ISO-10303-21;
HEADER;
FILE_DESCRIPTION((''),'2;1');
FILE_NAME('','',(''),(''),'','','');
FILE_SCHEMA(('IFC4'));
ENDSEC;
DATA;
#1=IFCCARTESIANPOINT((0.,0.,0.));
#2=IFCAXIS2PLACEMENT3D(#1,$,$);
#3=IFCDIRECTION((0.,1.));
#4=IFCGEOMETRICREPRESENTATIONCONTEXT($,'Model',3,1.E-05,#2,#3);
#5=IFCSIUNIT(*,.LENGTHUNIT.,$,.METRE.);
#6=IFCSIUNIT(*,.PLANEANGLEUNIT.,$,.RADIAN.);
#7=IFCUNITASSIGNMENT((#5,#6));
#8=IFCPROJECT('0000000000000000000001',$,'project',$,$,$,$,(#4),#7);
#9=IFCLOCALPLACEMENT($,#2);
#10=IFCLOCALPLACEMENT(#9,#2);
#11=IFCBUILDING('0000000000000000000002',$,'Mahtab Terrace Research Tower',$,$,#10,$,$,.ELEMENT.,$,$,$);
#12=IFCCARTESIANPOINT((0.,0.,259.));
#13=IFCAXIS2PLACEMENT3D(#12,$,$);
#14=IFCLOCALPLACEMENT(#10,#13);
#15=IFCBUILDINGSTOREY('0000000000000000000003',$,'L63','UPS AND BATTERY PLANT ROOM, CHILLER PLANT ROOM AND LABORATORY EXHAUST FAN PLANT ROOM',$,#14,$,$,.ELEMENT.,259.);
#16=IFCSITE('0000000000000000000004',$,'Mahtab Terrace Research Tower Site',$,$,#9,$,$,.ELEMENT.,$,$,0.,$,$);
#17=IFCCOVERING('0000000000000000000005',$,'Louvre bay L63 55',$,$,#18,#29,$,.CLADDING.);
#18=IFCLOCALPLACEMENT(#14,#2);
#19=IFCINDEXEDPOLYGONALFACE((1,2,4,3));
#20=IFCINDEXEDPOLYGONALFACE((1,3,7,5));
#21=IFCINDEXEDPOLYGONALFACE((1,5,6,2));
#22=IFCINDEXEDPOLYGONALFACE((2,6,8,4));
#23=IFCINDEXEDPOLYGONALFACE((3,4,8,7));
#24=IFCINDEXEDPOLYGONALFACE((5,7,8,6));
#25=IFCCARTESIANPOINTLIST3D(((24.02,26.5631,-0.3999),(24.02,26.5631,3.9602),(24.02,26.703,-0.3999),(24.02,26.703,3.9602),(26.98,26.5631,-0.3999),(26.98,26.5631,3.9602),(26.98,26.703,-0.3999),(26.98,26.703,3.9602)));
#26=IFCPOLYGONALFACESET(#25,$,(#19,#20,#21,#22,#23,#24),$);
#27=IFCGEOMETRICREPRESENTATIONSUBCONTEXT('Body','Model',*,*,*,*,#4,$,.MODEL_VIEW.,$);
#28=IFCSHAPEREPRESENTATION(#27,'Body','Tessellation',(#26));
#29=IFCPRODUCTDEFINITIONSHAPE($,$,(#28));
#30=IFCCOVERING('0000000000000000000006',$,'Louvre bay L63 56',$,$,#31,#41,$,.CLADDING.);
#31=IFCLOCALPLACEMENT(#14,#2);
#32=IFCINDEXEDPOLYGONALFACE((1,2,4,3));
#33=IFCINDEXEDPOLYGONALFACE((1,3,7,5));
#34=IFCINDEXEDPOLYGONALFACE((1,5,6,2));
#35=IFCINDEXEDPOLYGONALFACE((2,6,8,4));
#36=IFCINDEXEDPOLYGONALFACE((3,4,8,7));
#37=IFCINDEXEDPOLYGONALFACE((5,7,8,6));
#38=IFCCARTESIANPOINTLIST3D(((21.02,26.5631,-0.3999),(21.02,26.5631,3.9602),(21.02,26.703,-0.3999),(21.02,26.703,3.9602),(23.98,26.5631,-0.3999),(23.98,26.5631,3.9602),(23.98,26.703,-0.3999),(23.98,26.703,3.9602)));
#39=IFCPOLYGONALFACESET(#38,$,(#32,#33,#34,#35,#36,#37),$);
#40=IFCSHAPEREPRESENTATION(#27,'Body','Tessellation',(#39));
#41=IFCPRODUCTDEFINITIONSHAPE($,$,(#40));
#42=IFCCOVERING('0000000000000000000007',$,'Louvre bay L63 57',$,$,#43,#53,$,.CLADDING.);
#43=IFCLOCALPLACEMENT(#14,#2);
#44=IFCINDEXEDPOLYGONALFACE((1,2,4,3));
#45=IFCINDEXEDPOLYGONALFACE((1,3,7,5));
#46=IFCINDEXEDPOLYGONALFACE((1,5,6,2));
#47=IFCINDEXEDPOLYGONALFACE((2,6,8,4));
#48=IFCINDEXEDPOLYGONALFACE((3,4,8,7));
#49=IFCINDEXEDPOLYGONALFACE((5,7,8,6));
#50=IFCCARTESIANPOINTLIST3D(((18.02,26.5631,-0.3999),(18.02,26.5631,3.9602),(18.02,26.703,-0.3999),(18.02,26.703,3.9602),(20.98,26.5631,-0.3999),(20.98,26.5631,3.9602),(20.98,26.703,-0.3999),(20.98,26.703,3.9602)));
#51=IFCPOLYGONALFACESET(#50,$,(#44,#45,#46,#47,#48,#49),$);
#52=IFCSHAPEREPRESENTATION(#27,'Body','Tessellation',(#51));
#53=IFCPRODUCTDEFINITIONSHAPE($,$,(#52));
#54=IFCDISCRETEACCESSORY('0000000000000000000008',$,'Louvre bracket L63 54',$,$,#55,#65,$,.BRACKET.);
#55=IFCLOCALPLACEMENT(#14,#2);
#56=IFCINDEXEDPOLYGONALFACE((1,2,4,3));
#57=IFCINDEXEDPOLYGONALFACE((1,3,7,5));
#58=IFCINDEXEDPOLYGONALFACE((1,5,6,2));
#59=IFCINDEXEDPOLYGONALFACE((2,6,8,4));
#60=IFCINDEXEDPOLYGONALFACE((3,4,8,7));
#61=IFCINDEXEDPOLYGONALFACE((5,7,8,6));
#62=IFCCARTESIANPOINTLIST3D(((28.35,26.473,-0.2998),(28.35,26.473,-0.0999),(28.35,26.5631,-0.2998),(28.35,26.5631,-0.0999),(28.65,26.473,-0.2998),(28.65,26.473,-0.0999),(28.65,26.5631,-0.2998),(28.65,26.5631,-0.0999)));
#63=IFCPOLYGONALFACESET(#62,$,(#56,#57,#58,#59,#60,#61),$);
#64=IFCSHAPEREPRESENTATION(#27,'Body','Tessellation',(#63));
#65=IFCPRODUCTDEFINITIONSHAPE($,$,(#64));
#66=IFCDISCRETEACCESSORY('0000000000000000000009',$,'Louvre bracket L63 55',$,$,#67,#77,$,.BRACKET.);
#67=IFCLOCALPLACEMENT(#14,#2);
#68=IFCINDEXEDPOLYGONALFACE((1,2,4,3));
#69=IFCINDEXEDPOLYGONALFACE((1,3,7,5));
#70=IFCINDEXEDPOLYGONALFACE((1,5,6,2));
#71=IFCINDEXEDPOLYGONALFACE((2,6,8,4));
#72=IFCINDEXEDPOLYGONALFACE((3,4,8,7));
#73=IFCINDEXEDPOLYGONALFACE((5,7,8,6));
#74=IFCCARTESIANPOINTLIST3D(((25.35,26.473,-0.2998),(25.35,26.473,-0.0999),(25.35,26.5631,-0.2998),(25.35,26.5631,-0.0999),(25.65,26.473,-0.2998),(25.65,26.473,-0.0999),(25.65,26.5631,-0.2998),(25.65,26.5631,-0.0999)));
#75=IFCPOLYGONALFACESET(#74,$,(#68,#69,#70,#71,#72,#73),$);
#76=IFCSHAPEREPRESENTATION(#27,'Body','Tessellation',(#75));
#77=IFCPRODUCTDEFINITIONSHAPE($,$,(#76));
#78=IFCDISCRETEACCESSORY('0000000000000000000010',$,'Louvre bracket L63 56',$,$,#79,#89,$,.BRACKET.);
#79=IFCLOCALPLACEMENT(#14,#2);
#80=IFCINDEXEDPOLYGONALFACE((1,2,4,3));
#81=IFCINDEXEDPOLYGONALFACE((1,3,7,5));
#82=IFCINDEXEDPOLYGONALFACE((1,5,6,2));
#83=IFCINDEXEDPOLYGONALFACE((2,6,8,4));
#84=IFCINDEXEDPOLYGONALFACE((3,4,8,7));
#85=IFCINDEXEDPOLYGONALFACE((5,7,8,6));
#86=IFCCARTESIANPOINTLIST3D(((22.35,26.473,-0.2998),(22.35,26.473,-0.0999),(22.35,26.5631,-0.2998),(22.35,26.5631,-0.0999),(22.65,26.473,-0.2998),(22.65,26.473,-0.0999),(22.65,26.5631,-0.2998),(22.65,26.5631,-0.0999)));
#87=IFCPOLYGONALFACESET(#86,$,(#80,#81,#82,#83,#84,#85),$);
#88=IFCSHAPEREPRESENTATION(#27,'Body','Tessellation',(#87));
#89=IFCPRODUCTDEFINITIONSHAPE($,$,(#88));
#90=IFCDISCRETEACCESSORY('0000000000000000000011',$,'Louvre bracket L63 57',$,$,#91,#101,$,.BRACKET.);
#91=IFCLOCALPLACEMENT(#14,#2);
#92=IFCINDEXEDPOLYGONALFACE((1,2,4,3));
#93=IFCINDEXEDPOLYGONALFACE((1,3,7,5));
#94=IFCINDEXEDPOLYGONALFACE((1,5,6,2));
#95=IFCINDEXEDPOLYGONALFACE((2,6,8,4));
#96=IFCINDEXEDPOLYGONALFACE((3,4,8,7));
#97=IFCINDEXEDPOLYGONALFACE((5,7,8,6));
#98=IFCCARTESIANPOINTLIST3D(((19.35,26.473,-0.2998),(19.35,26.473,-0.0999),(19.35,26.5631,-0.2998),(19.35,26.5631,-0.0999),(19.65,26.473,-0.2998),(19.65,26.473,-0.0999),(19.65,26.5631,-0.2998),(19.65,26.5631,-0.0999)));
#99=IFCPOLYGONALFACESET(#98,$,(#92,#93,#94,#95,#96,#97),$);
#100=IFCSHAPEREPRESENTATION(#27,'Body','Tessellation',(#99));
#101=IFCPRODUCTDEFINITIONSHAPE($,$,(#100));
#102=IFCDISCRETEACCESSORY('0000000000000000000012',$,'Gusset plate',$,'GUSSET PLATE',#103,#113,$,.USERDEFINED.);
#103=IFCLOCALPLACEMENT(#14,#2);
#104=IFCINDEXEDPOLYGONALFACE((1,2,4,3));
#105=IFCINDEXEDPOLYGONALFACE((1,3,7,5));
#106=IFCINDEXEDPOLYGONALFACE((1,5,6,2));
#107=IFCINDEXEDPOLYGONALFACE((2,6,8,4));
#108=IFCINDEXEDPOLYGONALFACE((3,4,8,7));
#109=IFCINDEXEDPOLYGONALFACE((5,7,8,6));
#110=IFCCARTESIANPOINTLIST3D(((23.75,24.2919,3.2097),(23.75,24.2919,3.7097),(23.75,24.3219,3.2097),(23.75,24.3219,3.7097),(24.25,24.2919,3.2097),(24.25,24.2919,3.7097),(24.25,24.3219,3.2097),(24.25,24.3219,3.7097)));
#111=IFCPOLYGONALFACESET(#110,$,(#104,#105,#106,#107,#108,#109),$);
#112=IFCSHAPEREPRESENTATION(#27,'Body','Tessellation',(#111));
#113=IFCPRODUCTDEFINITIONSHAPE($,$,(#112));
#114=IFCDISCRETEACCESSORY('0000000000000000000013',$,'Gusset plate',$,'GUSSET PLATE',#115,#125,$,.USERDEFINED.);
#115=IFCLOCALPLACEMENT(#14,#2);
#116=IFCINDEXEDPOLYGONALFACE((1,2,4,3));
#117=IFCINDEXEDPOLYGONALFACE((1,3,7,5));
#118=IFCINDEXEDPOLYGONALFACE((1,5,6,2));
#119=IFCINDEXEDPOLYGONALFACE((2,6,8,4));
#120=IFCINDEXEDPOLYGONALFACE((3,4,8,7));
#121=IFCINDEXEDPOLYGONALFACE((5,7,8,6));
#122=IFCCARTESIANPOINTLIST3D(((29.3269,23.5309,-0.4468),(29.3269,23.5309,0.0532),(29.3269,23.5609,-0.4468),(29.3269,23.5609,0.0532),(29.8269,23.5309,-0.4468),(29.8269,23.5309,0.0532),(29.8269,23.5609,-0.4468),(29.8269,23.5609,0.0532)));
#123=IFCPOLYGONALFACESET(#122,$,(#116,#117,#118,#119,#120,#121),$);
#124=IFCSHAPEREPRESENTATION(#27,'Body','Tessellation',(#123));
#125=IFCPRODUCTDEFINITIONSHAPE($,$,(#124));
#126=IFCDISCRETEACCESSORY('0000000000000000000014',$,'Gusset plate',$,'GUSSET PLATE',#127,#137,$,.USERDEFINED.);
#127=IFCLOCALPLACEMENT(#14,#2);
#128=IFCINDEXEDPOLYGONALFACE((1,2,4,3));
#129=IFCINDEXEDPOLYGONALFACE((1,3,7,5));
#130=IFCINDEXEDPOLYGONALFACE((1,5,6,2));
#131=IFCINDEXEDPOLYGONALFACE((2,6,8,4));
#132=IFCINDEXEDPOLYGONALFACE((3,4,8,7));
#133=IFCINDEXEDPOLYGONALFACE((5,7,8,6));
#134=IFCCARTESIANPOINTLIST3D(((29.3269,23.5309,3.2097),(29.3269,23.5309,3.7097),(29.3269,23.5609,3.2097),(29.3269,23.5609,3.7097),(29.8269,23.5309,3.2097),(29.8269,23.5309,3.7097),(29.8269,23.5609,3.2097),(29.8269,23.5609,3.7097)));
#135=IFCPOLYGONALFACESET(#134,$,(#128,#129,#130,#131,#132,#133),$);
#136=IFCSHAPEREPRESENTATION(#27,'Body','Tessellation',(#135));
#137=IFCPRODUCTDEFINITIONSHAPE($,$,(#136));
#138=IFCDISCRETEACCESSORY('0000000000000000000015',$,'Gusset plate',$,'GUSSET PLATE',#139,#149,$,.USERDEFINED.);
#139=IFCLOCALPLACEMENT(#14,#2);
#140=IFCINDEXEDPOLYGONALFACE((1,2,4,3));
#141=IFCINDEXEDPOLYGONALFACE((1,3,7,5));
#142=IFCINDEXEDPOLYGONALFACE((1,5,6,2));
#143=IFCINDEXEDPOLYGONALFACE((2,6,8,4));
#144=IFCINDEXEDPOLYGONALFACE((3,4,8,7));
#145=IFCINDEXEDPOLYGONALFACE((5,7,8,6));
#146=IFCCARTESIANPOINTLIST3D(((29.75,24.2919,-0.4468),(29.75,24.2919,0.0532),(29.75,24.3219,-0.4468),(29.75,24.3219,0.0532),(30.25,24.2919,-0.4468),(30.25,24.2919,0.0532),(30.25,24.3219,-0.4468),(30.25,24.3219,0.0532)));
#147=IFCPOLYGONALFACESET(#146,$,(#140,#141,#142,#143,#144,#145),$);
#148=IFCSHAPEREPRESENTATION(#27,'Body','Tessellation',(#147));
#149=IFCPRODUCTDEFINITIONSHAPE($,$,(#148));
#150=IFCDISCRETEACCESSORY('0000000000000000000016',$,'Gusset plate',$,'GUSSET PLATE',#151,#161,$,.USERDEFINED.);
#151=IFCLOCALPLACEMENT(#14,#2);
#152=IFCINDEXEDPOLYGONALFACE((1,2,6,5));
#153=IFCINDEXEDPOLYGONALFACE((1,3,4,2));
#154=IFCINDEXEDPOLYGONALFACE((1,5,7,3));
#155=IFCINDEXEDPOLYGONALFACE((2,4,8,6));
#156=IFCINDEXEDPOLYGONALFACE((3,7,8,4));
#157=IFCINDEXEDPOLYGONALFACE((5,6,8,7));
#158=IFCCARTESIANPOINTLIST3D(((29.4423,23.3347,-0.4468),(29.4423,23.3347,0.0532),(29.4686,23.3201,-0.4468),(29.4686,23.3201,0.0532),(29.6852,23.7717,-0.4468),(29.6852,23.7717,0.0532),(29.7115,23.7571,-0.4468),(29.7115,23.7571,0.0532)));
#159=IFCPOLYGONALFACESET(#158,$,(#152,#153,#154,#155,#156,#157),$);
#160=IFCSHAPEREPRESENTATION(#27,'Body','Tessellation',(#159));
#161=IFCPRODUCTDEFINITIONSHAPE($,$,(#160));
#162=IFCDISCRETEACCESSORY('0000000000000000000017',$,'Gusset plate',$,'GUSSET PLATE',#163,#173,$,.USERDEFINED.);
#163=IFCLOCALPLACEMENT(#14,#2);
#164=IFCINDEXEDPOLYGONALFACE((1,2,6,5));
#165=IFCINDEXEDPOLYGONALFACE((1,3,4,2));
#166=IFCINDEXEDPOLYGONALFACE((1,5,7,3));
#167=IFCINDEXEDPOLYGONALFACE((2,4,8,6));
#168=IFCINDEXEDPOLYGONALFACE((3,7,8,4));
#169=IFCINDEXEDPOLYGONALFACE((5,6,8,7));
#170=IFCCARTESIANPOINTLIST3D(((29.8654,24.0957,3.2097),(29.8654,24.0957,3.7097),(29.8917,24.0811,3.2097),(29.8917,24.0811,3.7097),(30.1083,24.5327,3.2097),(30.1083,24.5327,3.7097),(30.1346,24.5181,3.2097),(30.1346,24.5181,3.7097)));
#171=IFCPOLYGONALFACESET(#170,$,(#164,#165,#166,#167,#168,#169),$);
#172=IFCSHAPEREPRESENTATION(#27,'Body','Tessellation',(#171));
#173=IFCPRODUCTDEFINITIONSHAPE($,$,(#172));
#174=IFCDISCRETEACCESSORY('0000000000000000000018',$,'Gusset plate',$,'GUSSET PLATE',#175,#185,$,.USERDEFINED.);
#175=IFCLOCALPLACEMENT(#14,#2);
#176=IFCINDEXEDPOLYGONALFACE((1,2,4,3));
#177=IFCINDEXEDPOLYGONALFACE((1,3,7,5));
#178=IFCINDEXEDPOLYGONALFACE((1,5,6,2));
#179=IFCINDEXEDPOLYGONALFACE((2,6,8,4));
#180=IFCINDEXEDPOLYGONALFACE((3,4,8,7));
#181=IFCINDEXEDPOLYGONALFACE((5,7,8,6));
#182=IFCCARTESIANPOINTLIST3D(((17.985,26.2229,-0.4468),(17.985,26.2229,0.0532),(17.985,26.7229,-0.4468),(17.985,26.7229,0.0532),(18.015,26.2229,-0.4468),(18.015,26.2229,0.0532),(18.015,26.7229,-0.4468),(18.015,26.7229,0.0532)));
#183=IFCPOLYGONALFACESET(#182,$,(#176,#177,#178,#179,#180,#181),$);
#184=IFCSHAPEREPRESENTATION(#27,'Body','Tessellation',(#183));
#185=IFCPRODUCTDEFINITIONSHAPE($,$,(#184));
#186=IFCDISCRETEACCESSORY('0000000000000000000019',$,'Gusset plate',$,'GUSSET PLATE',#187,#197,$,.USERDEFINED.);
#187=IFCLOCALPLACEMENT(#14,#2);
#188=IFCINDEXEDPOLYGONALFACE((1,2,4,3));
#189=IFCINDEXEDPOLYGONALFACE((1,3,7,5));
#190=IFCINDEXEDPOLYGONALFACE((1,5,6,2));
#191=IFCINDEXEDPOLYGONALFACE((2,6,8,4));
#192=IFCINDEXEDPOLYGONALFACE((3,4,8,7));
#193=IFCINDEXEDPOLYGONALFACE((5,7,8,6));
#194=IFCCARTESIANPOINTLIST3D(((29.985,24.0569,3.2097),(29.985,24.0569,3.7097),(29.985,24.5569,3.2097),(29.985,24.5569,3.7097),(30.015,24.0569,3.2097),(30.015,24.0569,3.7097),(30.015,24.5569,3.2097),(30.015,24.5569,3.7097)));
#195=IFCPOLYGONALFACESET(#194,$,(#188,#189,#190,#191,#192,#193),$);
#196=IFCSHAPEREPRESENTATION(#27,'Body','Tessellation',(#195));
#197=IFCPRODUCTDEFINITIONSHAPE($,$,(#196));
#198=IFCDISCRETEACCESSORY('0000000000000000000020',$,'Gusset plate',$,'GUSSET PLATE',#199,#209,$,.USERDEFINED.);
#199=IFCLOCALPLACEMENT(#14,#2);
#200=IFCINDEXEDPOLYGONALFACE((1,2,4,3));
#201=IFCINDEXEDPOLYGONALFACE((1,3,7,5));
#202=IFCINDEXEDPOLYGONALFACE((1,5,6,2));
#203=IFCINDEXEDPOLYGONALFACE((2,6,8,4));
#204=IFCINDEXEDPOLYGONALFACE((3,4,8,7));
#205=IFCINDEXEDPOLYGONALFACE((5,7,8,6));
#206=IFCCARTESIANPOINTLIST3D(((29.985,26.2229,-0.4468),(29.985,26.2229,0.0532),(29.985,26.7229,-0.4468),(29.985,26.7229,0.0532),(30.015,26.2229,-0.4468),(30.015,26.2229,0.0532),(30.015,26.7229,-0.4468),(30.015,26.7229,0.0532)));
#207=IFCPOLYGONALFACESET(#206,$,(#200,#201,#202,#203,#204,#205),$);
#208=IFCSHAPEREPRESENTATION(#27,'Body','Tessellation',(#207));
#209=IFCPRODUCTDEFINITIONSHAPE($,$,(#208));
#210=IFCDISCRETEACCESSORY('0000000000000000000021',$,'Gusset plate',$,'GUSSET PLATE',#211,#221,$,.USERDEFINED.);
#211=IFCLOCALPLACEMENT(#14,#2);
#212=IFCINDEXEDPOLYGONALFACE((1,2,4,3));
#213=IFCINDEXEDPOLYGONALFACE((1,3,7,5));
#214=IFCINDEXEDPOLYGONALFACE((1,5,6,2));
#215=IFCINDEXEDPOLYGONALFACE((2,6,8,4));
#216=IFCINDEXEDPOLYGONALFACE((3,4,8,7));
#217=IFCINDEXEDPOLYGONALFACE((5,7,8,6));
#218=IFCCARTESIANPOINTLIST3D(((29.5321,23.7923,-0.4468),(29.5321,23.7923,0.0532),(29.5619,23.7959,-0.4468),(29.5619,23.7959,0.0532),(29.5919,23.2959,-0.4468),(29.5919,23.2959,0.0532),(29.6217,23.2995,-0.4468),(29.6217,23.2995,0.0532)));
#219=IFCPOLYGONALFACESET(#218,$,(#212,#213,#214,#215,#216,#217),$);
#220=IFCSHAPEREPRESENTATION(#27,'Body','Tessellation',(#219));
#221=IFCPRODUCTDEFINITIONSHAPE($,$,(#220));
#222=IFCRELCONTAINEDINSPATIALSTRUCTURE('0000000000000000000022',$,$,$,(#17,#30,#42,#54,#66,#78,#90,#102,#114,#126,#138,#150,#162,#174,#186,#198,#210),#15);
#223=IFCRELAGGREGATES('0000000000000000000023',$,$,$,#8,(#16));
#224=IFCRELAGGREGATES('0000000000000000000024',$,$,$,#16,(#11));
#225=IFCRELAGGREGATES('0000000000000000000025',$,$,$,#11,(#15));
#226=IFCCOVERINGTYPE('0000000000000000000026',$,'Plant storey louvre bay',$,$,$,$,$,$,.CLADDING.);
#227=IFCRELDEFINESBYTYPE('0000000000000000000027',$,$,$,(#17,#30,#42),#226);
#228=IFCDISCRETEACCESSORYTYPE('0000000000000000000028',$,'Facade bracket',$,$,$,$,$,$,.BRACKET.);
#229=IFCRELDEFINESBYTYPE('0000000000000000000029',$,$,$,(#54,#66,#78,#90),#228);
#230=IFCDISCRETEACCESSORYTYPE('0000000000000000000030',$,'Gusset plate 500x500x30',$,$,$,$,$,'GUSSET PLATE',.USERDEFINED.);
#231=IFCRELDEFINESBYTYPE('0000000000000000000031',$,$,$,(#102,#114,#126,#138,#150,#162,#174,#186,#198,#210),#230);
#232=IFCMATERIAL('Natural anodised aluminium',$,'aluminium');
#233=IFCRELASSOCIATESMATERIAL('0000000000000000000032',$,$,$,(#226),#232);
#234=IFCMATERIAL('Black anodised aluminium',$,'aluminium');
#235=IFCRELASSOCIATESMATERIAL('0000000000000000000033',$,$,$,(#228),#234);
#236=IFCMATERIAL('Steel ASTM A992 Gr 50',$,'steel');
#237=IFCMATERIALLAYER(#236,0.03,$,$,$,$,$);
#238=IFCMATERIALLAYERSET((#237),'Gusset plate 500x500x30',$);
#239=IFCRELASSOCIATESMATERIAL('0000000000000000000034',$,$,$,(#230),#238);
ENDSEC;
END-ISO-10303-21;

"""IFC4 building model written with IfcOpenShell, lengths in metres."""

from ifc_helpers import new_model, si_unit, direction, frame, origin, origin_2d, place, context, subcontext, project, spatial, rectangle, extrude, material, layer, layer_set, type_object, element, save


model = new_model("IFC4")

# Units and contexts
model_context = context("Model", 3, precision=1e-05, world=origin(), true_north=direction((0.0, 1.0)))
body_context = subcontext(model_context, "Body", "Model", "MODEL_VIEW")
ifc_project = project(units=[si_unit("LENGTHUNIT", "METRE"), si_unit("PLANEANGLEUNIT", "RADIAN")], contexts=[model_context])

# Site, building, storey
site_placement = place(None, origin())
site = spatial("IfcSite", under=ifc_project, at=site_placement, Name="Mahtab Terrace Research Tower Site", CompositionType="ELEMENT", RefElevation=0.0)
building_placement = place(site_placement, origin())
building = spatial("IfcBuilding", under=site, at=building_placement, Name="Mahtab Terrace Research Tower", CompositionType="ELEMENT")
storey_placement = place(building_placement, frame((0.0, 0.0, 259.0)))
storey = spatial("IfcBuildingStorey", under=building, at=storey_placement, Name="L63", Description="UPS AND BATTERY PLANT ROOM, CHILLER PLANT ROOM AND LABORATORY EXHAUST FAN PLANT ROOM", CompositionType="ELEMENT", Elevation=259.0)

# Shared definitions
ifc_material_1 = material(Name="Steel ASTM A992 Gr 50", Category="steel")

# Coverings
ifc_material_2 = material(Name="Natural anodised aluminium", Category="aluminium")
covering_type = type_object("IfcCoveringType", Name="Plant storey louvre bay", PredefinedType="CLADDING", material=ifc_material_2)
for number, where, z_axis, x_axis, name in (
    (1, (25.5, 26.6331, -0.3999), (0.0, 0.0, 1.0), (-1.0, 0.0, 0.0), "Louvre bay L63 55"),
    (2, (22.5, 26.6331, -0.3999), (0.0, 0.0, 1.0), (-1.0, 0.0, 0.0), "Louvre bay L63 56"),
    (3, (19.5, 26.6331, -0.3999), (0.0, 0.0, 1.0), (-1.0, 0.0, 0.0), "Louvre bay L63 57"),
):
    element("IfcCovering", number, at=place(storey_placement, frame(where, z_axis=z_axis, x_axis=x_axis)), inside=storey, type_object=covering_type, Name=name, PredefinedType="CLADDING", context=body_context, shape_type="SweptSolid", body=[
        extrude(rectangle(XDim=2.96, YDim=0.1399, at=origin_2d()), origin(), (0.0, 0.0, 1.0), 4.3601),
    ])

# Discrete accessories
ifc_material_3 = material(Name="Black anodised aluminium", Category="aluminium")
discrete_accessory_type_1 = type_object("IfcDiscreteAccessoryType", Name="Facade bracket", PredefinedType="BRACKET", material=ifc_material_3)
for number, where, z_axis, x_axis, name in (
    (4, (28.5, 26.5181, -0.2998), (0.0, 0.0, 1.0), (-1.0, 0.0, 0.0), "Louvre bracket L63 54"),
    (5, (25.5, 26.5181, -0.2998), (0.0, 0.0, 1.0), (-1.0, 0.0, 0.0), "Louvre bracket L63 55"),
    (6, (22.5, 26.5181, -0.2998), (0.0, 0.0, 1.0), (-1.0, 0.0, 0.0), "Louvre bracket L63 56"),
    (7, (19.5, 26.5181, -0.2998), (0.0, 0.0, 1.0), (-1.0, 0.0, 0.0), "Louvre bracket L63 57"),
):
    element("IfcDiscreteAccessory", number, at=place(storey_placement, frame(where, z_axis=z_axis, x_axis=x_axis)), inside=storey, type_object=discrete_accessory_type_1, Name=name, PredefinedType="BRACKET", context=body_context, shape_type="SweptSolid", body=[
        extrude(rectangle(XDim=0.3, YDim=0.0901, at=origin_2d()), origin(), (0.0, 0.0, 1.0), 0.2),
    ])
ifc_layer = layer(ifc_material_1, 0.03)
ifc_layer_set = layer_set([ifc_layer], Name="Gusset plate 500x500x30")
discrete_accessory_type_2 = type_object("IfcDiscreteAccessoryType", Name="Gusset plate 500x500x30", ElementType="GUSSET PLATE", PredefinedType="USERDEFINED", material=ifc_layer_set)
for number, where, z_axis, x_axis, name in (
    (8, (24.0, 24.3069, 3.2097), (0.0, 0.0, 1.0), (1.0, 0.0, 0.0), "Gusset plate"),
    (9, (29.5769, 23.5459, -0.4468), (0.0, 0.0, 1.0), (1.0, 0.0, 0.0), "Gusset plate"),
    (10, (29.5769, 23.5459, 3.2097), (0.0, 0.0, 1.0), (1.0, 0.0, 0.0), "Gusset plate"),
    (11, (30.0, 24.3069, -0.4468), (0.0, 0.0, 1.0), (1.0, 0.0, 0.0), "Gusset plate"),
    (12, (29.5769, 23.5459, -0.4468), (0.0, 0.0, 1.0), (0.485832, 0.874052, 0.0), "Gusset plate"),
    (13, (30.0, 24.3069, 3.2097), (0.0, 0.0, 1.0), (0.485832, 0.874052, 0.0), "Gusset plate"),
    (14, (18.0, 26.4729, -0.4468), (0.0, 0.0, 1.0), (0.0, 1.0, 0.0), "Gusset plate"),
    (15, (30.0, 24.3069, 3.2097), (0.0, 0.0, 1.0), (0.0, 1.0, 0.0), "Gusset plate"),
    (16, (30.0, 26.4729, -0.4468), (0.0, 0.0, 1.0), (0.0, 1.0, 0.0), "Gusset plate"),
    (17, (29.5769, 23.5459, -0.4468), (0.0, 0.0, 1.0), (-0.119721, 0.992808, 0.0), "Gusset plate"),
):
    element("IfcDiscreteAccessory", number, at=place(storey_placement, frame(where, z_axis=z_axis, x_axis=x_axis)), inside=storey, type_object=discrete_accessory_type_2, Name=name, ObjectType="GUSSET PLATE", PredefinedType="USERDEFINED", context=body_context, shape_type="SweptSolid", body=[
        extrude(rectangle(XDim=0.5, YDim=0.03, at=origin_2d()), origin(), (0.0, 0.0, 1.0), 0.5),
    ])

save(model, "model.ifc")
